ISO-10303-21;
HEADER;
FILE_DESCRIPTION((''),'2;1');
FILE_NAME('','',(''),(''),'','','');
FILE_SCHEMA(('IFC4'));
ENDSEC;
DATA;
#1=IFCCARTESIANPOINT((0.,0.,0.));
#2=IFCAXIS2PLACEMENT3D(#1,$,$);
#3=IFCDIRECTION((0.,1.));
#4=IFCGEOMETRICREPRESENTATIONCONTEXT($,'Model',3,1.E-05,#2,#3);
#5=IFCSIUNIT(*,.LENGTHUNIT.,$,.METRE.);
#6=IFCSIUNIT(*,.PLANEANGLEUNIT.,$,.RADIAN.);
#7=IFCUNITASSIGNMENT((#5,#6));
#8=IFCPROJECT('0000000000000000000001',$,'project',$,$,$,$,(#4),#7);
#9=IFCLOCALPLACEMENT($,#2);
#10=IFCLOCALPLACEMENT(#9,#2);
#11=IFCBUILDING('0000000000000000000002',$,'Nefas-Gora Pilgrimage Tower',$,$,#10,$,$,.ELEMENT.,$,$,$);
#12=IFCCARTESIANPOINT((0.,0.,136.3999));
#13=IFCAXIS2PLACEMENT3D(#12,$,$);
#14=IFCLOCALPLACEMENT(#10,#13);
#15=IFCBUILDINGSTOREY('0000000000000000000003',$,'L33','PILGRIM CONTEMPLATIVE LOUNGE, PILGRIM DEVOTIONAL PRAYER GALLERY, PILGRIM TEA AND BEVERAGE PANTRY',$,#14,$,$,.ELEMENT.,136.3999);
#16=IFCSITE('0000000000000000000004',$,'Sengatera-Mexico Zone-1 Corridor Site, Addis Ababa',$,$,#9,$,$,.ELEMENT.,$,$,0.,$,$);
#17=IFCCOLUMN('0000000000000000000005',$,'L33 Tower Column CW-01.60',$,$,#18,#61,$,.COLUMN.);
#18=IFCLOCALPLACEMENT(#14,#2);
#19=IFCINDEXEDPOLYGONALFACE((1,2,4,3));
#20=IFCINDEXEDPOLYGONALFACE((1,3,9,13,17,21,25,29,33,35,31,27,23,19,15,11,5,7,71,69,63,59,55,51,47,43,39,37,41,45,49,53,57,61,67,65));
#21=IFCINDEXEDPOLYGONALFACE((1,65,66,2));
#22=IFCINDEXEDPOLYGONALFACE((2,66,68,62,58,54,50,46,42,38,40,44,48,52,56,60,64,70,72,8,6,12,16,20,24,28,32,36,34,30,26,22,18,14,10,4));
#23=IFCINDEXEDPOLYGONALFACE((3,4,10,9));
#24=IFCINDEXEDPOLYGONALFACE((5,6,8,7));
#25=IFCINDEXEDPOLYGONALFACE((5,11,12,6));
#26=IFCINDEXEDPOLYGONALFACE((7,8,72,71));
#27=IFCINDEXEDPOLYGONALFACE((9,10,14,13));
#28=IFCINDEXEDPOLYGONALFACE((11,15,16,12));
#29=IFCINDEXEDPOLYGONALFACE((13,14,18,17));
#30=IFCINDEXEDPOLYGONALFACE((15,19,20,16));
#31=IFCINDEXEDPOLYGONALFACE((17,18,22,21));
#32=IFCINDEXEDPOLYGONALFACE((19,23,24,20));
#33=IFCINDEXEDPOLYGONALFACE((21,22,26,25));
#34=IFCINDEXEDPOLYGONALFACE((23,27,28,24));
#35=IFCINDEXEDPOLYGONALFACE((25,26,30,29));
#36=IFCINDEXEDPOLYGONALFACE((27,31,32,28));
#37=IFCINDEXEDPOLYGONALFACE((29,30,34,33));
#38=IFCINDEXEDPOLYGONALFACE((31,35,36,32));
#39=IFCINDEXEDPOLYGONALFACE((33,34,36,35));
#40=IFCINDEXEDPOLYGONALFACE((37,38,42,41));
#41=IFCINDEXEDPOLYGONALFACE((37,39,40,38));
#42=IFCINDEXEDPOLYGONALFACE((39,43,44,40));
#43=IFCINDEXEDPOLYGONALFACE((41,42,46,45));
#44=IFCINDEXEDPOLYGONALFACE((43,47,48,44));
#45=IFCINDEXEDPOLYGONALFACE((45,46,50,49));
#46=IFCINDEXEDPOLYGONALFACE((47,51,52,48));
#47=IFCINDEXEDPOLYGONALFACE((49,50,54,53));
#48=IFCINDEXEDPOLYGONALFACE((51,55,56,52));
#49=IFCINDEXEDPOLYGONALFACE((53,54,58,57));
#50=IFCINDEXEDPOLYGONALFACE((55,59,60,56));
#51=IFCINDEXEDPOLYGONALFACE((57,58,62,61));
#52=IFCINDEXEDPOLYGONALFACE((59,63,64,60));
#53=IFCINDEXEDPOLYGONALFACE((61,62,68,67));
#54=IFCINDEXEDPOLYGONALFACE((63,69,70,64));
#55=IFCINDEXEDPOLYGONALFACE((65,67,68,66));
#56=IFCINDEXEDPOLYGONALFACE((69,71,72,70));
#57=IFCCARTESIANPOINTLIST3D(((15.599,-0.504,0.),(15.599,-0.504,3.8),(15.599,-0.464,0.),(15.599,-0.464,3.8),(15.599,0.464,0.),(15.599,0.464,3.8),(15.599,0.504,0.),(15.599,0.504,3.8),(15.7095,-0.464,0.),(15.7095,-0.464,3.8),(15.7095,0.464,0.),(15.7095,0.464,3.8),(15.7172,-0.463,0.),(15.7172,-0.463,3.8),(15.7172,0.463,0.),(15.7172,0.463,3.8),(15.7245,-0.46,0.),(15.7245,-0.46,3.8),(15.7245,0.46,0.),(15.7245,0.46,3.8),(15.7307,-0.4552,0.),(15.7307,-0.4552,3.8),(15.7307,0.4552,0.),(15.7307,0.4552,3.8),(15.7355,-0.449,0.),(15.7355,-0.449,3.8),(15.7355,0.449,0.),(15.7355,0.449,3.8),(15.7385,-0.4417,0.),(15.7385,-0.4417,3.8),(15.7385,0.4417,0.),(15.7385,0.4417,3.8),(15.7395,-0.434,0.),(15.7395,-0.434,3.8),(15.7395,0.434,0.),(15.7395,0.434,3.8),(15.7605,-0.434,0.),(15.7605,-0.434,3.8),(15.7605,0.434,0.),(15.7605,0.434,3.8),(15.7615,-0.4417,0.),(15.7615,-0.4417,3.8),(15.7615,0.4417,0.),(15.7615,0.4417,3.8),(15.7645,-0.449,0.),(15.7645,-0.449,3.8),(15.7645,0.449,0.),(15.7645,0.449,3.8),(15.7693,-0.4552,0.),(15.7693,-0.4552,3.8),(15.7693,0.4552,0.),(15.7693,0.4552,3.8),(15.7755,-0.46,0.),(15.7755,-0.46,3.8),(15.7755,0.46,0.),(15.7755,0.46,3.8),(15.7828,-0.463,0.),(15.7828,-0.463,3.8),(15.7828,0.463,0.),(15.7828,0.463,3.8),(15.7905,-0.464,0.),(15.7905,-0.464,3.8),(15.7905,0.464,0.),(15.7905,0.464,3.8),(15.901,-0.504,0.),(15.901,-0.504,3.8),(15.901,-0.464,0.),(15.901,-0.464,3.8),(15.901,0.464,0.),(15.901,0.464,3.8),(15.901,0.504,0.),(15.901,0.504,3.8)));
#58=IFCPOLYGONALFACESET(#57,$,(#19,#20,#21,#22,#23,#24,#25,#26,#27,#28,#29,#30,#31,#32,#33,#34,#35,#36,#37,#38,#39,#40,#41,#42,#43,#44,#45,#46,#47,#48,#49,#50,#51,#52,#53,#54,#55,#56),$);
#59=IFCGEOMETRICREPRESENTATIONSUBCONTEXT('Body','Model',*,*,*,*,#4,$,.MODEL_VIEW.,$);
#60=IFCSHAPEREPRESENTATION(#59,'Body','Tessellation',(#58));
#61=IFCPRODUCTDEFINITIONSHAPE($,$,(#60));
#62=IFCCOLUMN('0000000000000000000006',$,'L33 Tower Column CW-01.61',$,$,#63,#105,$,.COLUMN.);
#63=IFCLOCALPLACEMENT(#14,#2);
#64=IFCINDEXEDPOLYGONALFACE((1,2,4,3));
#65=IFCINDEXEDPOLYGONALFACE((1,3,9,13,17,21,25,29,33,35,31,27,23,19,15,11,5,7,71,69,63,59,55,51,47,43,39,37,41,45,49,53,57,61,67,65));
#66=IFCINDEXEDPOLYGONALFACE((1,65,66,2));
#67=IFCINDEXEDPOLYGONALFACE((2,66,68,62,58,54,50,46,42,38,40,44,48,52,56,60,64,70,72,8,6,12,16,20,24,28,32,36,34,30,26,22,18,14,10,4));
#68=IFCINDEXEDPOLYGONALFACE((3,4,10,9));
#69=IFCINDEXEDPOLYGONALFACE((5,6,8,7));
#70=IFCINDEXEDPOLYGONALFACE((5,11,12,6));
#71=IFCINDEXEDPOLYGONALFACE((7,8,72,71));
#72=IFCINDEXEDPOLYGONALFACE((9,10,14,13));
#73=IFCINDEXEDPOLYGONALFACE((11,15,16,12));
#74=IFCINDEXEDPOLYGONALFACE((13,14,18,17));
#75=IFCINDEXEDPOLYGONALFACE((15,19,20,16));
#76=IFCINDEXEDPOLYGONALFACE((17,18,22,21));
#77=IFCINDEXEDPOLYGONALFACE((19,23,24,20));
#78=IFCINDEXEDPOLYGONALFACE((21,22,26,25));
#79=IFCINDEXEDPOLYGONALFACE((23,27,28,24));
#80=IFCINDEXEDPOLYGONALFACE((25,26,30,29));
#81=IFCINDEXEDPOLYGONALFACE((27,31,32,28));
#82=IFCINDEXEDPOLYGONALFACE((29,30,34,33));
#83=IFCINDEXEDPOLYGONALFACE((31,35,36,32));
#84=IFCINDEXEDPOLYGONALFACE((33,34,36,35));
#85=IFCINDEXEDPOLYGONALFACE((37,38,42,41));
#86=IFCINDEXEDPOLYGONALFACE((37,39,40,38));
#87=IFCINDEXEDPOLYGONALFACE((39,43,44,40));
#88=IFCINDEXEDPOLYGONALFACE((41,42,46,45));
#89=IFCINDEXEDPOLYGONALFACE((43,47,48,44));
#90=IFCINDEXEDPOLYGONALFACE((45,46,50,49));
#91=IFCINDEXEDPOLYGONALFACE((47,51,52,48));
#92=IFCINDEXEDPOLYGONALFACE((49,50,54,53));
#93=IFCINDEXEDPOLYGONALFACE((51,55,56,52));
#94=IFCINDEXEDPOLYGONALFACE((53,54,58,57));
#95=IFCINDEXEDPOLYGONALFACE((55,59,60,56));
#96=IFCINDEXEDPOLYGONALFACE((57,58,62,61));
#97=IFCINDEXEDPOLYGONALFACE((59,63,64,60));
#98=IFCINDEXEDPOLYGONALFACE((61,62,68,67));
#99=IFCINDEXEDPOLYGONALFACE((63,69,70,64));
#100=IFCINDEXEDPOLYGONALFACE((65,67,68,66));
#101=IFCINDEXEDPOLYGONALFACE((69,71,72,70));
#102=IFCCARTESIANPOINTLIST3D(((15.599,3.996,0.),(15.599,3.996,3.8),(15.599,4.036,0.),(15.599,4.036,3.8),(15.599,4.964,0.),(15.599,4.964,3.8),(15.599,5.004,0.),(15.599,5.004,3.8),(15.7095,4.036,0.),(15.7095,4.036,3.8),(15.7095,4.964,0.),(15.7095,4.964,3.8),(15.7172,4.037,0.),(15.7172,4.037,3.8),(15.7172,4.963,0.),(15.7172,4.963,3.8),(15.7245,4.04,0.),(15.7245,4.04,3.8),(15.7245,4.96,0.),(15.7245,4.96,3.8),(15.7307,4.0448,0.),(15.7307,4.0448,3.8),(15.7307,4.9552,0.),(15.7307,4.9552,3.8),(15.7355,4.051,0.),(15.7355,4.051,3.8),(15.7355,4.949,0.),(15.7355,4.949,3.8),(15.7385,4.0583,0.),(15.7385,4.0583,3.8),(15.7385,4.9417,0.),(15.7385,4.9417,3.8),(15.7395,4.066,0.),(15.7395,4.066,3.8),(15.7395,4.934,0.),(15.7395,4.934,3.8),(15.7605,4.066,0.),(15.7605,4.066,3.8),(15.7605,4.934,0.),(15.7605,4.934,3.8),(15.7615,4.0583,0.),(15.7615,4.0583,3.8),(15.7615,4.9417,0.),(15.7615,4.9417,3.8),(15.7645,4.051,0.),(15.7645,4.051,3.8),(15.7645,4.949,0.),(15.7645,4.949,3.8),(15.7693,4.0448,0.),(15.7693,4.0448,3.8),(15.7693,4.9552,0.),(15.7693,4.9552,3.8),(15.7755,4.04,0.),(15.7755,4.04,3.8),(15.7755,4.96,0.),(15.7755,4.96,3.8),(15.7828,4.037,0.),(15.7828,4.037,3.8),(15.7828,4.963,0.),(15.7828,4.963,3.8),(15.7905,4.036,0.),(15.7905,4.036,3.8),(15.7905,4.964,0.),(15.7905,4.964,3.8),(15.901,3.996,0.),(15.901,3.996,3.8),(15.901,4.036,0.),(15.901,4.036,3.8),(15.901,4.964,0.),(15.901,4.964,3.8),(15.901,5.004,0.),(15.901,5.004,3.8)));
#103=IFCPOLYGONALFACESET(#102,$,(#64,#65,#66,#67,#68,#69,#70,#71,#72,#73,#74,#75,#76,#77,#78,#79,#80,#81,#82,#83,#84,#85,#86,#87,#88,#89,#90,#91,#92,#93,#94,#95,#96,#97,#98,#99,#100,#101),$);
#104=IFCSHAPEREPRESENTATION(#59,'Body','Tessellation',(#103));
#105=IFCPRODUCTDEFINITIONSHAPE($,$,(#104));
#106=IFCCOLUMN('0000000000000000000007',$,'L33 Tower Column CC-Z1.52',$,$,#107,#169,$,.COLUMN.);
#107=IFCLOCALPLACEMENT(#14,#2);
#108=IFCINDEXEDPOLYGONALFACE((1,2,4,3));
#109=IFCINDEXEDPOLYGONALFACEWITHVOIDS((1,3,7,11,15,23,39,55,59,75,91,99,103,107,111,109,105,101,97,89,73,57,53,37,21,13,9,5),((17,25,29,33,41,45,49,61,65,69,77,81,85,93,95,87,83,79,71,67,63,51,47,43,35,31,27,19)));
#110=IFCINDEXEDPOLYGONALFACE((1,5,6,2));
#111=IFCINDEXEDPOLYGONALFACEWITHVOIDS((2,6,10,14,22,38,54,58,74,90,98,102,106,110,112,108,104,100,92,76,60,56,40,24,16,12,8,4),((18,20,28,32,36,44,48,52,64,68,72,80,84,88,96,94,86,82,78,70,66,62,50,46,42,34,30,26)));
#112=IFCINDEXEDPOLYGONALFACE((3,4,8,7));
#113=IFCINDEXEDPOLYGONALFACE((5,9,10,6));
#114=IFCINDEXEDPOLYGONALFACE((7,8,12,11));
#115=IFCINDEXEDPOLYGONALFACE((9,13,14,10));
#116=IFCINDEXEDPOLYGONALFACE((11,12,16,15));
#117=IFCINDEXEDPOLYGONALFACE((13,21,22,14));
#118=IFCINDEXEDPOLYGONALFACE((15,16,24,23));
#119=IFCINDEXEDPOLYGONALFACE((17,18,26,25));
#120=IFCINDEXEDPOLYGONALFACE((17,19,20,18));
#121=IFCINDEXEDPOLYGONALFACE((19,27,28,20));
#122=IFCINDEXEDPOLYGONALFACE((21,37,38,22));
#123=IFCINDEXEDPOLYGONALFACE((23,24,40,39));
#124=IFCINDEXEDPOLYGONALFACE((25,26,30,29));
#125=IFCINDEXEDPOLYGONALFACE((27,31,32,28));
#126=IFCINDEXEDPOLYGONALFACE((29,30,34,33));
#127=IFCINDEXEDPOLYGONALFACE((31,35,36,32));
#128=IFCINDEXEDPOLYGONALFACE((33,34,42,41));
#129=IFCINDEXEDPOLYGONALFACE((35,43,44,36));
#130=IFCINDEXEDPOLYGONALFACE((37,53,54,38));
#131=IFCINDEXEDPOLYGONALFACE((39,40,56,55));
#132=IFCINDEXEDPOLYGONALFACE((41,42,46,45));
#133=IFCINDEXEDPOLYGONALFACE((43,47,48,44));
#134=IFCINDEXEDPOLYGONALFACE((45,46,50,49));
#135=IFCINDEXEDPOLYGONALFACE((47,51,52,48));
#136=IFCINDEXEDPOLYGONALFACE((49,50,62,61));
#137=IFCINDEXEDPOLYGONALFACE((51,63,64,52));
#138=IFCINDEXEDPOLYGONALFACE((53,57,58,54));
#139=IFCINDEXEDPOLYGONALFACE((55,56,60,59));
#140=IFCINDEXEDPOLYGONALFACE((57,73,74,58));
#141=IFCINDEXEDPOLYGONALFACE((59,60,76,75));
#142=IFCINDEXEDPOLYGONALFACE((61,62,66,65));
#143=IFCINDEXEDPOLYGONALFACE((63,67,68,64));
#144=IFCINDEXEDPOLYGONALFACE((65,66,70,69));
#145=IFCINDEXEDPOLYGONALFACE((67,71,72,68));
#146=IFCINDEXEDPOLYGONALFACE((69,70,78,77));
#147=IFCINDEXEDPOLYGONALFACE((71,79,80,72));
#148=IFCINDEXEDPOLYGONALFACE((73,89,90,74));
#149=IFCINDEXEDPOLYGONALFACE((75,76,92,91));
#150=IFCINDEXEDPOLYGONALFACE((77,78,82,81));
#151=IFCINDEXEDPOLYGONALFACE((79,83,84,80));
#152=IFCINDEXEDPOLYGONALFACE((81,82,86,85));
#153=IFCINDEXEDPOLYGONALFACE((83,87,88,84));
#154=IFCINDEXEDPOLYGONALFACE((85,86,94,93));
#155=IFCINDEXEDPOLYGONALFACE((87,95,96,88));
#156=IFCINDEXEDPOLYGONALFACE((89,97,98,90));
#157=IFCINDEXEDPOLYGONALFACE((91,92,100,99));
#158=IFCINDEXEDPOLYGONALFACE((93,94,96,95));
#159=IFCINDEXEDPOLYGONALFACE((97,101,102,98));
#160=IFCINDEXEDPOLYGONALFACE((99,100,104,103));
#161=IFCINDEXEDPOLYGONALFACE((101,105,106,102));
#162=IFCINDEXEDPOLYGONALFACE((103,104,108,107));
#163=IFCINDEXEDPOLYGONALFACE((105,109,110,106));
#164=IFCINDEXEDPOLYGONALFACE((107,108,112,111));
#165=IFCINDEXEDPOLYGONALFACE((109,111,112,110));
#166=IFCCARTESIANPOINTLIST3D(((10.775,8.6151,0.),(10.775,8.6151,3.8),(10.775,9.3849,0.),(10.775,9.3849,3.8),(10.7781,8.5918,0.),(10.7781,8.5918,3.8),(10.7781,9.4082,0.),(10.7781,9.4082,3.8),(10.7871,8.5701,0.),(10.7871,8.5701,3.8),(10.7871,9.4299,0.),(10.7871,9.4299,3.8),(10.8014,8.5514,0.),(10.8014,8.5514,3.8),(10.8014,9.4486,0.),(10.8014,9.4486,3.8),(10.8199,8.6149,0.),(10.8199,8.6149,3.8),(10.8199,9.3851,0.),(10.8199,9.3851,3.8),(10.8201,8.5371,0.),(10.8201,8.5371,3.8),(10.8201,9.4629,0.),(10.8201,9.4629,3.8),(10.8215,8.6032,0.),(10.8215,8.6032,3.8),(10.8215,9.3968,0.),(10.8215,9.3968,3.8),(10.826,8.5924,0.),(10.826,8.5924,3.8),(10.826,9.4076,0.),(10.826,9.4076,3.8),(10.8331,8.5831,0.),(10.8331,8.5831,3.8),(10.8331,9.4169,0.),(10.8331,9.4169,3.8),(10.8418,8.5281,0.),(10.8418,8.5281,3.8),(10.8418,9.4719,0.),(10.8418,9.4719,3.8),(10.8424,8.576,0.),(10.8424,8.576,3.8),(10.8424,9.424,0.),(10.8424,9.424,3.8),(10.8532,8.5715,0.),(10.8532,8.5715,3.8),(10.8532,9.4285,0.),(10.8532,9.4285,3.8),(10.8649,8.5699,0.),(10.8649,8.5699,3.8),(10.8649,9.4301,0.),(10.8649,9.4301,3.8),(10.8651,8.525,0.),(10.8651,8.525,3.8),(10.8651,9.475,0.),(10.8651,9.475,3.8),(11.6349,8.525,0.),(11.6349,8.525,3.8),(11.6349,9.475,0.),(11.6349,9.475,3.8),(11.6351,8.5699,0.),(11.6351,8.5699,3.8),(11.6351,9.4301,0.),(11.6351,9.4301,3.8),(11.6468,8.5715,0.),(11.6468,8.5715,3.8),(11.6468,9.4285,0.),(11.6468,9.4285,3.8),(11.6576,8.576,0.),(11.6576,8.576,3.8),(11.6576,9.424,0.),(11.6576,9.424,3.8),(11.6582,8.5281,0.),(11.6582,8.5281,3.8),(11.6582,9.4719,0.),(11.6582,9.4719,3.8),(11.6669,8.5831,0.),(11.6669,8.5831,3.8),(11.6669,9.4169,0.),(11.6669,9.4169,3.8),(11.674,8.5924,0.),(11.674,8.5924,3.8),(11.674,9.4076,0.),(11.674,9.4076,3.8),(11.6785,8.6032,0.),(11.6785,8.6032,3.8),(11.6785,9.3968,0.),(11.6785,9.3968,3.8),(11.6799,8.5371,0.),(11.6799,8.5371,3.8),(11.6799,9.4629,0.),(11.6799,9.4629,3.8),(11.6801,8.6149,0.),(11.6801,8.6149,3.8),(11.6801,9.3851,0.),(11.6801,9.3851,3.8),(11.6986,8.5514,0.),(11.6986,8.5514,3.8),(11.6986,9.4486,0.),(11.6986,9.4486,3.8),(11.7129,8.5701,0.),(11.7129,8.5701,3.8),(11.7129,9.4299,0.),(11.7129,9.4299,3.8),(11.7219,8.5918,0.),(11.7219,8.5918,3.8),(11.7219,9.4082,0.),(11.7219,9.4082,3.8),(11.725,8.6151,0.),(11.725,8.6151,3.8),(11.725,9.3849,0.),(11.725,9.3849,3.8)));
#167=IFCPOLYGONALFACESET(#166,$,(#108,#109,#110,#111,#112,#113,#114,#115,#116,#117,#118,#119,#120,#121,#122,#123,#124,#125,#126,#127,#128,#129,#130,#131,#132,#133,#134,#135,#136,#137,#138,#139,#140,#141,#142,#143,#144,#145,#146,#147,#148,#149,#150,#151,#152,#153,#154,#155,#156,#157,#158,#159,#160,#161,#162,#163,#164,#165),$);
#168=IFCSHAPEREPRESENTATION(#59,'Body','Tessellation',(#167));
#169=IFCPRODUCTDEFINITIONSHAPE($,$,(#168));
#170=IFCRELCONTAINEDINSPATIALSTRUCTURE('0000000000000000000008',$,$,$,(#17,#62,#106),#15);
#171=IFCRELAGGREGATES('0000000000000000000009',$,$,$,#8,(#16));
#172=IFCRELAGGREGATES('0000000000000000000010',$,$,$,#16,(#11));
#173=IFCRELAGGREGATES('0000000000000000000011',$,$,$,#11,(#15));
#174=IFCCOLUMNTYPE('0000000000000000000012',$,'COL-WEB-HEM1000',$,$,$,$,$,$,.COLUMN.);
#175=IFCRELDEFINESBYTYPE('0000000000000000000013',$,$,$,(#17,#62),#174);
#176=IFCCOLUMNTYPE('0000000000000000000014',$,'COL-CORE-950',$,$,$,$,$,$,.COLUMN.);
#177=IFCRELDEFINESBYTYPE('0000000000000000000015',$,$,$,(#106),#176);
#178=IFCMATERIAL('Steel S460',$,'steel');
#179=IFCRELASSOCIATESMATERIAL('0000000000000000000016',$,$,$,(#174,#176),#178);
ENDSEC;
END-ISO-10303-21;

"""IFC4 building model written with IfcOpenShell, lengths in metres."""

from ifc_helpers import new_model, si_unit, direction, frame, origin, origin_2d, place, context, subcontext, project, spatial, hollow_rectangle, i_section, extrude, source, transform, mapped, material, material_profile, profile_set, type_object, element, save


model = new_model("IFC4")

# Units and contexts
model_context = context("Model", 3, precision=1e-05, world=origin(), true_north=direction((0.0, 1.0)))
body_context = subcontext(model_context, "Body", "Model", "MODEL_VIEW")
ifc_project = project(units=[si_unit("LENGTHUNIT", "METRE"), si_unit("PLANEANGLEUNIT", "RADIAN")], contexts=[model_context])

# Site, building, storey
site_placement = place(None, origin())
site = spatial("IfcSite", under=ifc_project, at=site_placement, Name="Sengatera-Mexico Zone-1 Corridor Site, Addis Ababa", CompositionType="ELEMENT", RefElevation=0.0)
building_placement = place(site_placement, origin())
building = spatial("IfcBuilding", under=site, at=building_placement, Name="Nefas-Gora Pilgrimage Tower", CompositionType="ELEMENT")
storey_placement = place(building_placement, frame((0.0, 0.0, 136.3999)))
storey = spatial("IfcBuildingStorey", under=building, at=storey_placement, Name="L33", Description="PILGRIM CONTEMPLATIVE LOUNGE, PILGRIM DEVOTIONAL PRAYER GALLERY, PILGRIM TEA AND BEVERAGE PANTRY", CompositionType="ELEMENT", Elevation=136.3999)

# Columns
ifc_material_1 = material(Name="Steel S460", Category="steel")
ifc_material_profile_1 = material_profile(ifc_material_1, i_section(OverallWidth=0.302, OverallDepth=1.0081, WebThickness=0.021, FlangeThickness=0.04, FilletRadius=0.03, at=origin_2d()), Name="HEM 1000")
ifc_profile_set_1 = profile_set([ifc_material_profile_1], Name="Steel S460")
column_type_1 = type_object("IfcColumnType", Name="COL-WEB-HEM1000", PredefinedType="COLUMN", material=ifc_profile_set_1)
shared_shape_1 = source(origin(), body_context, "Body", "SweptSolid", [
    extrude(i_section(OverallWidth=0.302, OverallDepth=1.0081, WebThickness=0.021, FlangeThickness=0.04, FilletRadius=0.03, at=origin_2d()), origin(), (0.0, 0.0, 1.0), 3.8),
])
for number, where, z_axis, x_axis, name in (
    (1, (15.75, 0.0, 0.0), (0.0, 0.0, 1.0), (1.0, 0.0, 0.0), "L33 Tower Column CW-01.60"),
    (2, (15.75, 4.5, 0.0), (0.0, 0.0, 1.0), (1.0, 0.0, 0.0), "L33 Tower Column CW-01.61"),
):
    element("IfcColumn", number, at=place(storey_placement, frame(where, z_axis=z_axis, x_axis=x_axis)), inside=storey, type_object=column_type_1, Name=name, PredefinedType="COLUMN", context=body_context, shape_type="MappedRepresentation", body=[
        mapped(shared_shape_1, transform((0.0, 0.0, 0.0), x_axis=(1.0, 0.0, 0.0), y_axis=(0.0, 1.0, 0.0), z_axis=(0.0, 0.0, 1.0), scale=1.0)),
    ])
ifc_material_profile_2 = material_profile(ifc_material_1, hollow_rectangle(XDim=0.95, YDim=0.95, WallThickness=0.0449, InnerFilletRadius=0.0449, OuterFilletRadius=0.0901, at=origin_2d()), Name="BOX 950x950x45")
ifc_profile_set_2 = profile_set([ifc_material_profile_2], Name="Steel S460")
column_type_2 = type_object("IfcColumnType", Name="COL-CORE-950", PredefinedType="COLUMN", material=ifc_profile_set_2)
shared_shape_2 = source(origin(), body_context, "Body", "SweptSolid", [
    extrude(hollow_rectangle(XDim=0.95, YDim=0.95, WallThickness=0.0449, InnerFilletRadius=0.0449, OuterFilletRadius=0.0901, at=origin_2d()), origin(), (0.0, 0.0, 1.0), 3.8),
])
column_placement = place(storey_placement, frame((11.25, 9.0, 0.0), z_axis=(0.0, 0.0, 1.0), x_axis=(1.0, 0.0, 0.0)))
element("IfcColumn", 3, at=column_placement, inside=storey, type_object=column_type_2, Name="L33 Tower Column CC-Z1.52", PredefinedType="COLUMN", context=body_context, shape_type="MappedRepresentation", body=[
    mapped(shared_shape_2, transform((0.0, 0.0, 0.0), x_axis=(1.0, 0.0, 0.0), y_axis=(0.0, 1.0, 0.0), z_axis=(0.0, 0.0, 1.0), scale=1.0)),
])

save(model, "model.ifc")
